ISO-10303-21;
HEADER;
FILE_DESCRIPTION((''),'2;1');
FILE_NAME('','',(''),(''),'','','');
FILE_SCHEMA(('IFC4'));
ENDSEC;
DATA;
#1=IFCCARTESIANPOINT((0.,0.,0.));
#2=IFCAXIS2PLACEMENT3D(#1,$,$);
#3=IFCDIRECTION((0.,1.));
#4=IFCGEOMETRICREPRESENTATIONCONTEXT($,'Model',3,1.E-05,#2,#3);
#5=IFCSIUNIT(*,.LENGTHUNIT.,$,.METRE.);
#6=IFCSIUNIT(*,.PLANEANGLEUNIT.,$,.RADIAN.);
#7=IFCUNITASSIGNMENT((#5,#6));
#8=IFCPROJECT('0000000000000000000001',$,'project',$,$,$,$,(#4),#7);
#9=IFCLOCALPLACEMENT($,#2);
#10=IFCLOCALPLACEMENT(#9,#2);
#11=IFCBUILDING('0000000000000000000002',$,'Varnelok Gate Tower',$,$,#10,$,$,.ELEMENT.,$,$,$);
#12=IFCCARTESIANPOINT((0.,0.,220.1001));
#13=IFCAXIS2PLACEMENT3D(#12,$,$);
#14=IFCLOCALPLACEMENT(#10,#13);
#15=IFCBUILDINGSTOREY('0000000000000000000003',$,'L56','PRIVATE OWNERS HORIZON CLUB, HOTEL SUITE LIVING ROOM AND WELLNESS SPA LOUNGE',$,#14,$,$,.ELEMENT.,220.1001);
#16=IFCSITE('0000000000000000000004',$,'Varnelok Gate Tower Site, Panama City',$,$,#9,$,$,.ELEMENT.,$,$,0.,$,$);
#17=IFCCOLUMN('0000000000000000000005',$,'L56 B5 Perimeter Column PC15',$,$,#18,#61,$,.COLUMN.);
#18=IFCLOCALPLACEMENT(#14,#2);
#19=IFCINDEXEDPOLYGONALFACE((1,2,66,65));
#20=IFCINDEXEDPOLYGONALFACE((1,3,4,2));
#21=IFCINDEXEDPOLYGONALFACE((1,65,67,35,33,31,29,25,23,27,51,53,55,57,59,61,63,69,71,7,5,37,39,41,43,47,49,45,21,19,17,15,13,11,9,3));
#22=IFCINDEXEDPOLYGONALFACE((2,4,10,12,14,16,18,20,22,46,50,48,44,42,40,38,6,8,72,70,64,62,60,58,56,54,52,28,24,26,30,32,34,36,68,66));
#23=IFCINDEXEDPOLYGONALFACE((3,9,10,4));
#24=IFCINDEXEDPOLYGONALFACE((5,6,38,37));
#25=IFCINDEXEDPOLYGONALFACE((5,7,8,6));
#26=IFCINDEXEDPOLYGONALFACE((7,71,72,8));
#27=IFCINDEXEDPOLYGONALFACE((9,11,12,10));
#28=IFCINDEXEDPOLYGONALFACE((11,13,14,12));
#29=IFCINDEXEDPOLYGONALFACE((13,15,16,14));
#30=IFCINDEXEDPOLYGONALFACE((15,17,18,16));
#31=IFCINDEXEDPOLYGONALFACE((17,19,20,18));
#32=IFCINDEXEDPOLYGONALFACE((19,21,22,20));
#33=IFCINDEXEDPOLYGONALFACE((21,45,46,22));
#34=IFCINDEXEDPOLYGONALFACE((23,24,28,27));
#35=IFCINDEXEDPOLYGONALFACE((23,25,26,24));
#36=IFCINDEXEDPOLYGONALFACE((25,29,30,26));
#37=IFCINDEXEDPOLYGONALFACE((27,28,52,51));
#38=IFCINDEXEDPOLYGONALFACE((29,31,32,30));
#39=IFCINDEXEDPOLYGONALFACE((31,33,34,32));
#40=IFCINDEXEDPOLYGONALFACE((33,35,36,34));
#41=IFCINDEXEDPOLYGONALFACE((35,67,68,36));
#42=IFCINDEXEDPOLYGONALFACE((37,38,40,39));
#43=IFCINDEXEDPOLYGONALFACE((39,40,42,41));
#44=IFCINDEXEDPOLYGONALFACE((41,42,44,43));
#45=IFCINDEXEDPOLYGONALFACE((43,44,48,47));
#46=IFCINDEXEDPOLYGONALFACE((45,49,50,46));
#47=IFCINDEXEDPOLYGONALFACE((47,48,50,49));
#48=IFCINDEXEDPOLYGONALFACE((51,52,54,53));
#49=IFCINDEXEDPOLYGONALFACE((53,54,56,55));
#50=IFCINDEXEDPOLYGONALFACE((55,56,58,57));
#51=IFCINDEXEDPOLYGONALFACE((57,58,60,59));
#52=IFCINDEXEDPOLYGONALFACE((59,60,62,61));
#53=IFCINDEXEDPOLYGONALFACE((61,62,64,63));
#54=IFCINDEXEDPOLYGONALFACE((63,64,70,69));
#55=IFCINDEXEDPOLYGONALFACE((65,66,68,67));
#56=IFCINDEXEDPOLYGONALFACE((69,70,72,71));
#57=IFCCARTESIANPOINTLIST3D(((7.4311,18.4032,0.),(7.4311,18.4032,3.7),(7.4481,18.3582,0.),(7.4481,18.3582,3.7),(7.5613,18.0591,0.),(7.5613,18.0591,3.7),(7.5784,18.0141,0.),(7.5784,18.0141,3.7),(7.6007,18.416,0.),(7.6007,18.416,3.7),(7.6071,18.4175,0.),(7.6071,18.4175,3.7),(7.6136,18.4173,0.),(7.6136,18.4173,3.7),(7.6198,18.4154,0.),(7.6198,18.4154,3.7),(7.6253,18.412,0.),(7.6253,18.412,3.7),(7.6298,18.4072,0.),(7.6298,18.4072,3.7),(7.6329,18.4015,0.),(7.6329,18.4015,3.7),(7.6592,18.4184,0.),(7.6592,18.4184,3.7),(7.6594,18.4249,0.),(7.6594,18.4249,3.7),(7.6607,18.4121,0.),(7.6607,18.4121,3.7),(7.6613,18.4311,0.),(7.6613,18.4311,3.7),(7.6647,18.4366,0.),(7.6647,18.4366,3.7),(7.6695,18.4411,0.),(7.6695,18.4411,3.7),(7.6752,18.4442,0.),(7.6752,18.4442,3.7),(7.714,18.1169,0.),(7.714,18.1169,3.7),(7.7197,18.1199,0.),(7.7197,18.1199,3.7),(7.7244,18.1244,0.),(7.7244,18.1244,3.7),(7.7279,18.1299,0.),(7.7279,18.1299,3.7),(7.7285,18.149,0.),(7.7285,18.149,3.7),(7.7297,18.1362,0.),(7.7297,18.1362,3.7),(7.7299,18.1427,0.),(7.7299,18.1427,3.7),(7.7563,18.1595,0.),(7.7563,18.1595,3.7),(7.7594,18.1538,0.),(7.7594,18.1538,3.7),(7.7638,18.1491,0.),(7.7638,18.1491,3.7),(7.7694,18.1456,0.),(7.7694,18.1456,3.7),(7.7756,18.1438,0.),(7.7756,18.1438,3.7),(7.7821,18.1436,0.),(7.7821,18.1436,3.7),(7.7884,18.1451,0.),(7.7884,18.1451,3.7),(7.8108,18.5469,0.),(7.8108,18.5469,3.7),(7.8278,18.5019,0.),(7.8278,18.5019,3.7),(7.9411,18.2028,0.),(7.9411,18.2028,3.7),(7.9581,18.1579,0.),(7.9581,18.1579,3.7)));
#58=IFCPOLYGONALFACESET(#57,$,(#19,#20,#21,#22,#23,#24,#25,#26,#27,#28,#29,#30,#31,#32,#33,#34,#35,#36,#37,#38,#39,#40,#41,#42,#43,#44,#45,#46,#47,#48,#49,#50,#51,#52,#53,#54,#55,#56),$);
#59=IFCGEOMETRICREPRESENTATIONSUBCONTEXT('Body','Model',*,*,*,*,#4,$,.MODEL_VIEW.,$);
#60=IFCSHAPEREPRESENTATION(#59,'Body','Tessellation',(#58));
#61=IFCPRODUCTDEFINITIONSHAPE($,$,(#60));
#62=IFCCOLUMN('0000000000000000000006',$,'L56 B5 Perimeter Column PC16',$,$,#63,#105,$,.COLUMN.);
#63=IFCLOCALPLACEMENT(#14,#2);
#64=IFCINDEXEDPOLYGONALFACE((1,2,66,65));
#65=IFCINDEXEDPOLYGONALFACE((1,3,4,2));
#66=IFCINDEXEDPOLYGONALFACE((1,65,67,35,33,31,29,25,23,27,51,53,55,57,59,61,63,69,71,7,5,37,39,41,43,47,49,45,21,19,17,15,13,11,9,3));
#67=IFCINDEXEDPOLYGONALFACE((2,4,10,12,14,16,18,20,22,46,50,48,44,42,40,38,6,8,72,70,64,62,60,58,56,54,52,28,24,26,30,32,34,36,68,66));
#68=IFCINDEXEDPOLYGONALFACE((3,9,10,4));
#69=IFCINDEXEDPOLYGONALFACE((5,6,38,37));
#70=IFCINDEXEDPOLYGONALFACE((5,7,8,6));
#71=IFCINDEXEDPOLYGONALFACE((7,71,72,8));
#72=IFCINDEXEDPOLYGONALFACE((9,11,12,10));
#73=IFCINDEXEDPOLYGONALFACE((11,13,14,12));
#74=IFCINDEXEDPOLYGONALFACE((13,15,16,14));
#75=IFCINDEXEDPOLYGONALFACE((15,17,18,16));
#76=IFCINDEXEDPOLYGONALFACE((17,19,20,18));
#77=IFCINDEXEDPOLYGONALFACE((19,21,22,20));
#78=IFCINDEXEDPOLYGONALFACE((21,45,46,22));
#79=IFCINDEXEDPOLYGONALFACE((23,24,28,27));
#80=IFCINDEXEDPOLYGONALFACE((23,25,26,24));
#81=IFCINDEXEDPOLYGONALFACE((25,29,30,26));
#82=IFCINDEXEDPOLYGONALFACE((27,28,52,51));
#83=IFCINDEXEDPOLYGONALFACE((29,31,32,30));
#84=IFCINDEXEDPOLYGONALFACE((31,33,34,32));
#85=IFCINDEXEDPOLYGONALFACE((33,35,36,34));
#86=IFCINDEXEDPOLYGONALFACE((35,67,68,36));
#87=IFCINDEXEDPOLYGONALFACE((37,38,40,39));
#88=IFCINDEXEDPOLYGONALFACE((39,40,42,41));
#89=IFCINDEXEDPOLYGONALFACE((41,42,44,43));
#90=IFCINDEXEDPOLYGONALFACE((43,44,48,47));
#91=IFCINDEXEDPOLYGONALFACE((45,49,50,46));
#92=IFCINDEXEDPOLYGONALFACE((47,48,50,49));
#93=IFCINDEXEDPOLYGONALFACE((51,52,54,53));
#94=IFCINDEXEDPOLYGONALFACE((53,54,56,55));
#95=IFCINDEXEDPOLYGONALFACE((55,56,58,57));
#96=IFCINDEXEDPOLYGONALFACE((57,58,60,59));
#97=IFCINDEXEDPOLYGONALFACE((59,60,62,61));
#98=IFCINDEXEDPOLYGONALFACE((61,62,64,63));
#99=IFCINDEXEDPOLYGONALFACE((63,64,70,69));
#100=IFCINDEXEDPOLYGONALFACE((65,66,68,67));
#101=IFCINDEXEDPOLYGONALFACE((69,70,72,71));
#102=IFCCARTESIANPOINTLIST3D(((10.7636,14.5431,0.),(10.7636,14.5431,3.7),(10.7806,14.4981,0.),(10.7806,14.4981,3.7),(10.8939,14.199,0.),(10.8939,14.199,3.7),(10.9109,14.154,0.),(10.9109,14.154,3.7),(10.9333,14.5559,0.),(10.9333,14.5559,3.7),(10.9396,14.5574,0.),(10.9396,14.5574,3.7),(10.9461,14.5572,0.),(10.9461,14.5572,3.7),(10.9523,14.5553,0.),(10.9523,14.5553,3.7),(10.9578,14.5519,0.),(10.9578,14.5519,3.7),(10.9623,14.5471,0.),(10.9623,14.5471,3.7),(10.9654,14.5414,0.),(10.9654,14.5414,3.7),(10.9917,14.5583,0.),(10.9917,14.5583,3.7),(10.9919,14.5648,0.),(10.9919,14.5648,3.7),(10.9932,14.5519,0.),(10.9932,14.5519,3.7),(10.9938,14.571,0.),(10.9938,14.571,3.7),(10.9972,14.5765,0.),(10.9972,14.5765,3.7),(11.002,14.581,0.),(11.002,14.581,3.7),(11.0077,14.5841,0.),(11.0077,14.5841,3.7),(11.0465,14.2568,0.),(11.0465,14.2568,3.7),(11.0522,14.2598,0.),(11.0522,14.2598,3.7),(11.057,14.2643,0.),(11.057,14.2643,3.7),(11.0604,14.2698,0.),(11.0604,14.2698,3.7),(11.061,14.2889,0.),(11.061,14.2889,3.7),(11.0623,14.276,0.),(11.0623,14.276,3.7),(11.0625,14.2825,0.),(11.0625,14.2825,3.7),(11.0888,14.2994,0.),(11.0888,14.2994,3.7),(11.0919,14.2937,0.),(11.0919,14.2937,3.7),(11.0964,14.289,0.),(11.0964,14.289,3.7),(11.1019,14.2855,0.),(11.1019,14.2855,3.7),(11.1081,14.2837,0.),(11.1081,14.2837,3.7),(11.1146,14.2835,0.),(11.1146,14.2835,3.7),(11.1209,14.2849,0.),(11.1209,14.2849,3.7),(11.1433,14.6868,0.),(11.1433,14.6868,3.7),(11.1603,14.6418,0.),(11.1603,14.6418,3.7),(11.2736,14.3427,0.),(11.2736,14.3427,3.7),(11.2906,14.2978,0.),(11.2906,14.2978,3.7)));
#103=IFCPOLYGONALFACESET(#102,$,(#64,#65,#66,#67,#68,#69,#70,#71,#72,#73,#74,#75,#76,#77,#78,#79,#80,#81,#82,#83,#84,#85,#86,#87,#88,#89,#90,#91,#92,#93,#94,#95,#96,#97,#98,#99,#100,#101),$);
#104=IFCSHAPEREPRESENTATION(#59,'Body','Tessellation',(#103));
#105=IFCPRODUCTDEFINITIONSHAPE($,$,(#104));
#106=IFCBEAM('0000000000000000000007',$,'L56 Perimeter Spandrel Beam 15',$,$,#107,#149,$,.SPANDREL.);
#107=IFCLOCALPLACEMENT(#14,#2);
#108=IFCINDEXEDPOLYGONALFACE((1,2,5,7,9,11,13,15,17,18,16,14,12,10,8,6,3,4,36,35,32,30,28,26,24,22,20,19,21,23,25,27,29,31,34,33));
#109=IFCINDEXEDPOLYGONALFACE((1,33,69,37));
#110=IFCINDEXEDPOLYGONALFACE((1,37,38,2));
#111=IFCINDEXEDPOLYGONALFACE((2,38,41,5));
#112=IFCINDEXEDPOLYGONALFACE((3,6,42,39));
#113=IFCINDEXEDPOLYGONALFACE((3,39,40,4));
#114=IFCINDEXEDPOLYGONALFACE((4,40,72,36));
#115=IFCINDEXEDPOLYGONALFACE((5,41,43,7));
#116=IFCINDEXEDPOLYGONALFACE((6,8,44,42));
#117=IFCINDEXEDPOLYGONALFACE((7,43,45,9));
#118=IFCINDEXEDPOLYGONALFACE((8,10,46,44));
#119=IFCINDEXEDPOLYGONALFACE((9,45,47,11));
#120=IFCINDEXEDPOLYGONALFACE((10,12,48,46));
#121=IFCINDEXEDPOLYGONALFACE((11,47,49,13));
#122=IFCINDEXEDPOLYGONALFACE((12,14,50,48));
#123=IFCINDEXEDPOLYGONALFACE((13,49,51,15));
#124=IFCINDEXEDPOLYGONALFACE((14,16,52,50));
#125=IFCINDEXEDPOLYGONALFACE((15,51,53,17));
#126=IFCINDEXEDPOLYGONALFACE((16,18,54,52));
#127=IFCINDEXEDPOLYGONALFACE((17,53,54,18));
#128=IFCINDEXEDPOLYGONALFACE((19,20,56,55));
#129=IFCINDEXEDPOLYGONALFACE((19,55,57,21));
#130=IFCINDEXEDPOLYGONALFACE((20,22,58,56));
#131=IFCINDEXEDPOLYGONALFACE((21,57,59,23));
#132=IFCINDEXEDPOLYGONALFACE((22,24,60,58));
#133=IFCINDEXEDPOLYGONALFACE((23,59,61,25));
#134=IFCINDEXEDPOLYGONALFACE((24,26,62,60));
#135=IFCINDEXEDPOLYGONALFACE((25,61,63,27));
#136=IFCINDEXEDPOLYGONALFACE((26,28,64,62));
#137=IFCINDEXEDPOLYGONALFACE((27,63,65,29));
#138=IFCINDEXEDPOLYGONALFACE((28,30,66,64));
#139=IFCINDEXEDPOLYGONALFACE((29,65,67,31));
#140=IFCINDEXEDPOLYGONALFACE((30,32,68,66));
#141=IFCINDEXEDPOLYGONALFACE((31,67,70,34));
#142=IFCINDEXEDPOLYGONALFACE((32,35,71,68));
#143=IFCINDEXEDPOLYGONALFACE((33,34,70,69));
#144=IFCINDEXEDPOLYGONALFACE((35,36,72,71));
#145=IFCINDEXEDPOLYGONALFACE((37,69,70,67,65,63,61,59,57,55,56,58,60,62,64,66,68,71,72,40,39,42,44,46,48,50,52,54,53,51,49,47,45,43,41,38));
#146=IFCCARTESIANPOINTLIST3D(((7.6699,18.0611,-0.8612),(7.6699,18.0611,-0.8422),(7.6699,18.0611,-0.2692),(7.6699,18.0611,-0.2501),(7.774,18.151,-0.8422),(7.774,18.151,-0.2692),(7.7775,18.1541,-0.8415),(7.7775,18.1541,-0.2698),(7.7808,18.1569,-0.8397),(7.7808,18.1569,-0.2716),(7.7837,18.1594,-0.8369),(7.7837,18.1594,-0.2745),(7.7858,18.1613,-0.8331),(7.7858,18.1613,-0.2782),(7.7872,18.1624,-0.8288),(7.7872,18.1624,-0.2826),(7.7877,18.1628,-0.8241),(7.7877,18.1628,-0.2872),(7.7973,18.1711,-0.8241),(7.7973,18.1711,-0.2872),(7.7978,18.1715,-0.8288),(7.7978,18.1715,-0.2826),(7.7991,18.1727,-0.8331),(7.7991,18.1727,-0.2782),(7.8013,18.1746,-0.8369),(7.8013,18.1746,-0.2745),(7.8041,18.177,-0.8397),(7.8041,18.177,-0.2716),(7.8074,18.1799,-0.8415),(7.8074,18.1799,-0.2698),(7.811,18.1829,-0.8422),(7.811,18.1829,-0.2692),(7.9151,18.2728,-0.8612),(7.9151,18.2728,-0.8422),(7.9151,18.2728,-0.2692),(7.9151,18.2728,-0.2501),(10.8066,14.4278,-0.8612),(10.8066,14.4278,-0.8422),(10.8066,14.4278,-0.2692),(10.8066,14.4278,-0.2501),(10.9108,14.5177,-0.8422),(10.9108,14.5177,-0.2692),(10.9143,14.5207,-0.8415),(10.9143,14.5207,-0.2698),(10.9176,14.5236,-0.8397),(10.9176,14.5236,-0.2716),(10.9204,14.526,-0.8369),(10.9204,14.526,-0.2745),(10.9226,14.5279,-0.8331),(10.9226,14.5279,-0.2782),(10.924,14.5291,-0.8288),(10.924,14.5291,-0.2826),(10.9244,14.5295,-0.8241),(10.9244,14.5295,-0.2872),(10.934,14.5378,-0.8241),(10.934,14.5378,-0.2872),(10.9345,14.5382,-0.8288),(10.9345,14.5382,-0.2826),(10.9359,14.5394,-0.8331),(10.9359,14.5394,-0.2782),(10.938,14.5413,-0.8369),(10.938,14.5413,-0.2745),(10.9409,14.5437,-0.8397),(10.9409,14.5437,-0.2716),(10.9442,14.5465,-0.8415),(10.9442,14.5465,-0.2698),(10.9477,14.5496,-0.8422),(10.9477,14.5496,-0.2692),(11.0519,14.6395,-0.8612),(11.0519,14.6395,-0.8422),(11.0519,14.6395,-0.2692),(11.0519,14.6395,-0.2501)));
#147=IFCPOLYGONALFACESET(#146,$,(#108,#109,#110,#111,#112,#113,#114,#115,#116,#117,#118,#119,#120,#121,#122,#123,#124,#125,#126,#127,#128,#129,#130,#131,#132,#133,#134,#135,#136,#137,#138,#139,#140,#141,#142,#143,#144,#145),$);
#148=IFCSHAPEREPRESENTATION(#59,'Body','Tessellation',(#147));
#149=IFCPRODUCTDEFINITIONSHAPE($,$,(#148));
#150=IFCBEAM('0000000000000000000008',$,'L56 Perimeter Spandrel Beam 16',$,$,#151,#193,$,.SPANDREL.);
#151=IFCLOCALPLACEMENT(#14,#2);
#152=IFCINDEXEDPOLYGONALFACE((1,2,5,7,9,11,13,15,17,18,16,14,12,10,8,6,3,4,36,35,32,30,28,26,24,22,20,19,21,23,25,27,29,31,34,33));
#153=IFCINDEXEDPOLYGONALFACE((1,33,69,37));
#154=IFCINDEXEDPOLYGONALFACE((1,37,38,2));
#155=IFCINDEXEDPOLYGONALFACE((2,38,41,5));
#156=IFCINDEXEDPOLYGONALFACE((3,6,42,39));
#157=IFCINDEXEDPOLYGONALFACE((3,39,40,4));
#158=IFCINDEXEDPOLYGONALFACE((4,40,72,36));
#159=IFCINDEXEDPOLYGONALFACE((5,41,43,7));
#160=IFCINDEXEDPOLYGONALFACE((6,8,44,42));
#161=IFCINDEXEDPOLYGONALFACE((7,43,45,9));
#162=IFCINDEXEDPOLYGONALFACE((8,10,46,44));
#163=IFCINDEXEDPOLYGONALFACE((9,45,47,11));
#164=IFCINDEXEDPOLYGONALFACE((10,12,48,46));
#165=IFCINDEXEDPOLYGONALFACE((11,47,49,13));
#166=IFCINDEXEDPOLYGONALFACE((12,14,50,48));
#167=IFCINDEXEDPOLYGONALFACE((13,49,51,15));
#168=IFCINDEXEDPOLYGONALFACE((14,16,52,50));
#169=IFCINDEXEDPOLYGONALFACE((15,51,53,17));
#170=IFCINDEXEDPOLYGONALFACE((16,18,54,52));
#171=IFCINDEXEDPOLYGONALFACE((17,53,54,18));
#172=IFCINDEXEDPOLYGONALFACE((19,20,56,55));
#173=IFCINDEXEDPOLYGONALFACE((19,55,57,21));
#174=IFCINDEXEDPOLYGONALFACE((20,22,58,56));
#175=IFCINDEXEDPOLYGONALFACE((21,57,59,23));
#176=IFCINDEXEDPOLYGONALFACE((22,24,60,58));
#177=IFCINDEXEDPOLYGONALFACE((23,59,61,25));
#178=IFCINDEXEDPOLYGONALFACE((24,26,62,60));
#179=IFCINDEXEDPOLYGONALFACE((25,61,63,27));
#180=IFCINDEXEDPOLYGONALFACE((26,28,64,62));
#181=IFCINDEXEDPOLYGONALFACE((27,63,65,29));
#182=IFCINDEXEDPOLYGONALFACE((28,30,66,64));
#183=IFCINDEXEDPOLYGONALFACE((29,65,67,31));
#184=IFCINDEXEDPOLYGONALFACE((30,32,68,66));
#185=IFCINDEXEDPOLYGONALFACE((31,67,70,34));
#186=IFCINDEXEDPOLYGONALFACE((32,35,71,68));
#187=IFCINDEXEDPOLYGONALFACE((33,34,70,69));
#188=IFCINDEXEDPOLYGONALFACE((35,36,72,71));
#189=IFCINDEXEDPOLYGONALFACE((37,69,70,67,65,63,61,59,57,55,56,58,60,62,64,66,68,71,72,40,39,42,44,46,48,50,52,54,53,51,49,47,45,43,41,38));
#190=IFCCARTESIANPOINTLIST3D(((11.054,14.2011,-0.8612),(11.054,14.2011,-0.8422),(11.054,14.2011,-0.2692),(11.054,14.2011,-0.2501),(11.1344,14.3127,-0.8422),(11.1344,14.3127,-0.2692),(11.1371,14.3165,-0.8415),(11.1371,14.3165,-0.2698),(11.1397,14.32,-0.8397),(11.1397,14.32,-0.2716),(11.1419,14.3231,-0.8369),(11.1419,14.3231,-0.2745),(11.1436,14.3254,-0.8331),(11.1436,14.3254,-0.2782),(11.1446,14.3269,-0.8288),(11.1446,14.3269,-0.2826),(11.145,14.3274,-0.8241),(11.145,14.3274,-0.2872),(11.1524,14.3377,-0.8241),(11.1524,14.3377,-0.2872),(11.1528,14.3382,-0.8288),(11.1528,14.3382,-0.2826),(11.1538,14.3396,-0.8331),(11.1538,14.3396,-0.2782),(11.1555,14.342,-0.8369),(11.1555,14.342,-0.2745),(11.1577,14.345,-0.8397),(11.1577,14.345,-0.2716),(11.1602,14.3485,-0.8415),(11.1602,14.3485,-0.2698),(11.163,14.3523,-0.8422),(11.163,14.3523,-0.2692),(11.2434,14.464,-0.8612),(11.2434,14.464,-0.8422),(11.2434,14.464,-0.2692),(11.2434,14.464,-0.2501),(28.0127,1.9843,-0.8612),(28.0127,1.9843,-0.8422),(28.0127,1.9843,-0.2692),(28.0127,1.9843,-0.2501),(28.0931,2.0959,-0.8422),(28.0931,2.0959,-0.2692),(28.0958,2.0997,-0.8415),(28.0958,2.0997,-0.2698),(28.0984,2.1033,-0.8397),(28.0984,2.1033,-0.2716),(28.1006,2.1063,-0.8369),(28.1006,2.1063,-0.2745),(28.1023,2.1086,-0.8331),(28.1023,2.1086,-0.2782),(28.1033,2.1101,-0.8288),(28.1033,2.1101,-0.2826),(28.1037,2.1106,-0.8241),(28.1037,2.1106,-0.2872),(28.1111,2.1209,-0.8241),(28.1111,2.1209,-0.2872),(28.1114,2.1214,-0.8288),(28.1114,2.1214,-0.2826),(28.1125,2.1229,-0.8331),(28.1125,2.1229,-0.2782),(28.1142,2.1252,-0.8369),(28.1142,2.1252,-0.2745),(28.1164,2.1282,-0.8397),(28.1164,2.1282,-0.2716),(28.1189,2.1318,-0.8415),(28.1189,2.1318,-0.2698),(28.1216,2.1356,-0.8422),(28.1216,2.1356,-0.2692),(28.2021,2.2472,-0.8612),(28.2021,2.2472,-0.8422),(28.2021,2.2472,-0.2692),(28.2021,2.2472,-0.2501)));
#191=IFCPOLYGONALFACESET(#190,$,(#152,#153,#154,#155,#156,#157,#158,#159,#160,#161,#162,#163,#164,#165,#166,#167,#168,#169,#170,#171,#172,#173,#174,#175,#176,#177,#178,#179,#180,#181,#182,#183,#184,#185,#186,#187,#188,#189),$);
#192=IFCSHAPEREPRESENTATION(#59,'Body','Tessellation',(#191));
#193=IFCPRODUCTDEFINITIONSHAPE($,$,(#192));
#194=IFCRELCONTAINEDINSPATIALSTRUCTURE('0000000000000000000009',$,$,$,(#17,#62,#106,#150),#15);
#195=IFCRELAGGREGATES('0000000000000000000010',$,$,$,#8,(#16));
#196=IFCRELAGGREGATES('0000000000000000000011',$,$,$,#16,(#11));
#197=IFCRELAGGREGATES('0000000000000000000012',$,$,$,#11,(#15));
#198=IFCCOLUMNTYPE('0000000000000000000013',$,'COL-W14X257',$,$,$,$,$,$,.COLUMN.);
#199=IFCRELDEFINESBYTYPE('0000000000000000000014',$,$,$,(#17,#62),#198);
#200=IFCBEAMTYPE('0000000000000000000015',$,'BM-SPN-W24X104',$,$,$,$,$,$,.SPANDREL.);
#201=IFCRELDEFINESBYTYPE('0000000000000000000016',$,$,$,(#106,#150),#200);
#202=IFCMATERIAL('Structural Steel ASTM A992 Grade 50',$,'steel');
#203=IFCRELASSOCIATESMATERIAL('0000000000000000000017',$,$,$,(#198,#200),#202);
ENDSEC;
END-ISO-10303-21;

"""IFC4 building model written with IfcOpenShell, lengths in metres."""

from ifc_helpers import new_model, si_unit, direction, frame, origin, origin_2d, place, context, subcontext, project, spatial, i_section, extrude, material, material_profile, profile_set, type_object, element, save


model = new_model("IFC4")

# Units and contexts
model_context = context("Model", 3, precision=1e-05, world=origin(), true_north=direction((0.0, 1.0)))
body_context = subcontext(model_context, "Body", "Model", "MODEL_VIEW")
ifc_project = project(units=[si_unit("LENGTHUNIT", "METRE"), si_unit("PLANEANGLEUNIT", "RADIAN")], contexts=[model_context])

# Site, building, storey
site_placement = place(None, origin())
site = spatial("IfcSite", under=ifc_project, at=site_placement, Name="Varnelok Gate Tower Site, Panama City", CompositionType="ELEMENT", RefElevation=0.0)
building_placement = place(site_placement, origin())
building = spatial("IfcBuilding", under=site, at=building_placement, Name="Varnelok Gate Tower", CompositionType="ELEMENT")
storey_placement = place(building_placement, frame((0.0, 0.0, 220.1001)))
storey = spatial("IfcBuildingStorey", under=building, at=storey_placement, Name="L56", Description="PRIVATE OWNERS HORIZON CLUB, HOTEL SUITE LIVING ROOM AND WELLNESS SPA LOUNGE", CompositionType="ELEMENT", Elevation=220.1001)

# Columns
ifc_material_1 = material(Name="Structural Steel ASTM A992 Grade 50", Category="steel")
ifc_material_profile_1 = material_profile(ifc_material_1, i_section(OverallWidth=0.406, OverallDepth=0.416, WebThickness=0.0298, FlangeThickness=0.0481, FilletRadius=0.0249, at=origin_2d()), Name="W14X257")
ifc_profile_set_1 = profile_set([ifc_material_profile_1], Name="Structural Steel ASTM A992 Grade 50")
column_type = type_object("IfcColumnType", Name="COL-W14X257", PredefinedType="COLUMN", material=ifc_profile_set_1)
for number, where, z_axis, x_axis, name in (
    (1, (7.6946, 18.2805, 0.0), (0.0, 0.0, 1.0), (0.935222, 0.354063, 0.0), "L56 B5 Perimeter Column PC15"),
    (2, (11.0271, 14.4204, 0.0), (0.0, 0.0, 1.0), (0.935222, 0.354063, 0.0), "L56 B5 Perimeter Column PC16"),
):
    element("IfcColumn", number, at=place(storey_placement, frame(where, z_axis=z_axis, x_axis=x_axis)), inside=storey, type_object=column_type, Name=name, PredefinedType="COLUMN", context=body_context, shape_type="SweptSolid", body=[
        extrude(i_section(OverallWidth=0.406, OverallDepth=0.416, WebThickness=0.0298, FlangeThickness=0.0481, FilletRadius=0.0249, at=origin_2d()), origin(), (0.0, 0.0, 1.0), 3.7),
    ])

# Beams
ifc_material_profile_2 = material_profile(ifc_material_1, i_section(OverallWidth=0.324, OverallDepth=0.6111, WebThickness=0.0127, FlangeThickness=0.019, FilletRadius=0.0181, at=origin_2d()), Name="W24X104")
ifc_profile_set_2 = profile_set([ifc_material_profile_2], Name="Structural Steel ASTM A992 Grade 50")
beam_type = type_object("IfcBeamType", Name="BM-SPN-W24X104", PredefinedType="SPANDREL", material=ifc_profile_set_2)
beam_1_placement = place(storey_placement, frame((7.7925, 18.167, -0.5557), z_axis=(0.653485, -0.75694, 0.0), x_axis=(0.75694, 0.653485, 0.0)))
element("IfcBeam", 3, at=beam_1_placement, inside=storey, type_object=beam_type, Name="L56 Perimeter Spandrel Beam 15", PredefinedType="SPANDREL", context=body_context, shape_type="SweptSolid", body=[
    extrude(i_section(OverallWidth=0.324, OverallDepth=0.6111, WebThickness=0.0127, FlangeThickness=0.019, FilletRadius=0.0181, at=origin_2d()), origin(), (0.0, 0.0, 1.0), 4.8),
])
beam_2_placement = place(storey_placement, frame((11.1487, 14.3325, -0.5557), z_axis=(0.811387, -0.58451, 0.0), x_axis=(0.58451, 0.811387, 0.0)))
element("IfcBeam", 4, at=beam_2_placement, inside=storey, type_object=beam_type, Name="L56 Perimeter Spandrel Beam 16", PredefinedType="SPANDREL", context=body_context, shape_type="SweptSolid", body=[
    extrude(i_section(OverallWidth=0.324, OverallDepth=0.6111, WebThickness=0.0127, FlangeThickness=0.019, FilletRadius=0.0181, at=origin_2d()), origin(), (0.0, 0.0, 1.0), 20.9009),
])

save(model, "model.ifc")
